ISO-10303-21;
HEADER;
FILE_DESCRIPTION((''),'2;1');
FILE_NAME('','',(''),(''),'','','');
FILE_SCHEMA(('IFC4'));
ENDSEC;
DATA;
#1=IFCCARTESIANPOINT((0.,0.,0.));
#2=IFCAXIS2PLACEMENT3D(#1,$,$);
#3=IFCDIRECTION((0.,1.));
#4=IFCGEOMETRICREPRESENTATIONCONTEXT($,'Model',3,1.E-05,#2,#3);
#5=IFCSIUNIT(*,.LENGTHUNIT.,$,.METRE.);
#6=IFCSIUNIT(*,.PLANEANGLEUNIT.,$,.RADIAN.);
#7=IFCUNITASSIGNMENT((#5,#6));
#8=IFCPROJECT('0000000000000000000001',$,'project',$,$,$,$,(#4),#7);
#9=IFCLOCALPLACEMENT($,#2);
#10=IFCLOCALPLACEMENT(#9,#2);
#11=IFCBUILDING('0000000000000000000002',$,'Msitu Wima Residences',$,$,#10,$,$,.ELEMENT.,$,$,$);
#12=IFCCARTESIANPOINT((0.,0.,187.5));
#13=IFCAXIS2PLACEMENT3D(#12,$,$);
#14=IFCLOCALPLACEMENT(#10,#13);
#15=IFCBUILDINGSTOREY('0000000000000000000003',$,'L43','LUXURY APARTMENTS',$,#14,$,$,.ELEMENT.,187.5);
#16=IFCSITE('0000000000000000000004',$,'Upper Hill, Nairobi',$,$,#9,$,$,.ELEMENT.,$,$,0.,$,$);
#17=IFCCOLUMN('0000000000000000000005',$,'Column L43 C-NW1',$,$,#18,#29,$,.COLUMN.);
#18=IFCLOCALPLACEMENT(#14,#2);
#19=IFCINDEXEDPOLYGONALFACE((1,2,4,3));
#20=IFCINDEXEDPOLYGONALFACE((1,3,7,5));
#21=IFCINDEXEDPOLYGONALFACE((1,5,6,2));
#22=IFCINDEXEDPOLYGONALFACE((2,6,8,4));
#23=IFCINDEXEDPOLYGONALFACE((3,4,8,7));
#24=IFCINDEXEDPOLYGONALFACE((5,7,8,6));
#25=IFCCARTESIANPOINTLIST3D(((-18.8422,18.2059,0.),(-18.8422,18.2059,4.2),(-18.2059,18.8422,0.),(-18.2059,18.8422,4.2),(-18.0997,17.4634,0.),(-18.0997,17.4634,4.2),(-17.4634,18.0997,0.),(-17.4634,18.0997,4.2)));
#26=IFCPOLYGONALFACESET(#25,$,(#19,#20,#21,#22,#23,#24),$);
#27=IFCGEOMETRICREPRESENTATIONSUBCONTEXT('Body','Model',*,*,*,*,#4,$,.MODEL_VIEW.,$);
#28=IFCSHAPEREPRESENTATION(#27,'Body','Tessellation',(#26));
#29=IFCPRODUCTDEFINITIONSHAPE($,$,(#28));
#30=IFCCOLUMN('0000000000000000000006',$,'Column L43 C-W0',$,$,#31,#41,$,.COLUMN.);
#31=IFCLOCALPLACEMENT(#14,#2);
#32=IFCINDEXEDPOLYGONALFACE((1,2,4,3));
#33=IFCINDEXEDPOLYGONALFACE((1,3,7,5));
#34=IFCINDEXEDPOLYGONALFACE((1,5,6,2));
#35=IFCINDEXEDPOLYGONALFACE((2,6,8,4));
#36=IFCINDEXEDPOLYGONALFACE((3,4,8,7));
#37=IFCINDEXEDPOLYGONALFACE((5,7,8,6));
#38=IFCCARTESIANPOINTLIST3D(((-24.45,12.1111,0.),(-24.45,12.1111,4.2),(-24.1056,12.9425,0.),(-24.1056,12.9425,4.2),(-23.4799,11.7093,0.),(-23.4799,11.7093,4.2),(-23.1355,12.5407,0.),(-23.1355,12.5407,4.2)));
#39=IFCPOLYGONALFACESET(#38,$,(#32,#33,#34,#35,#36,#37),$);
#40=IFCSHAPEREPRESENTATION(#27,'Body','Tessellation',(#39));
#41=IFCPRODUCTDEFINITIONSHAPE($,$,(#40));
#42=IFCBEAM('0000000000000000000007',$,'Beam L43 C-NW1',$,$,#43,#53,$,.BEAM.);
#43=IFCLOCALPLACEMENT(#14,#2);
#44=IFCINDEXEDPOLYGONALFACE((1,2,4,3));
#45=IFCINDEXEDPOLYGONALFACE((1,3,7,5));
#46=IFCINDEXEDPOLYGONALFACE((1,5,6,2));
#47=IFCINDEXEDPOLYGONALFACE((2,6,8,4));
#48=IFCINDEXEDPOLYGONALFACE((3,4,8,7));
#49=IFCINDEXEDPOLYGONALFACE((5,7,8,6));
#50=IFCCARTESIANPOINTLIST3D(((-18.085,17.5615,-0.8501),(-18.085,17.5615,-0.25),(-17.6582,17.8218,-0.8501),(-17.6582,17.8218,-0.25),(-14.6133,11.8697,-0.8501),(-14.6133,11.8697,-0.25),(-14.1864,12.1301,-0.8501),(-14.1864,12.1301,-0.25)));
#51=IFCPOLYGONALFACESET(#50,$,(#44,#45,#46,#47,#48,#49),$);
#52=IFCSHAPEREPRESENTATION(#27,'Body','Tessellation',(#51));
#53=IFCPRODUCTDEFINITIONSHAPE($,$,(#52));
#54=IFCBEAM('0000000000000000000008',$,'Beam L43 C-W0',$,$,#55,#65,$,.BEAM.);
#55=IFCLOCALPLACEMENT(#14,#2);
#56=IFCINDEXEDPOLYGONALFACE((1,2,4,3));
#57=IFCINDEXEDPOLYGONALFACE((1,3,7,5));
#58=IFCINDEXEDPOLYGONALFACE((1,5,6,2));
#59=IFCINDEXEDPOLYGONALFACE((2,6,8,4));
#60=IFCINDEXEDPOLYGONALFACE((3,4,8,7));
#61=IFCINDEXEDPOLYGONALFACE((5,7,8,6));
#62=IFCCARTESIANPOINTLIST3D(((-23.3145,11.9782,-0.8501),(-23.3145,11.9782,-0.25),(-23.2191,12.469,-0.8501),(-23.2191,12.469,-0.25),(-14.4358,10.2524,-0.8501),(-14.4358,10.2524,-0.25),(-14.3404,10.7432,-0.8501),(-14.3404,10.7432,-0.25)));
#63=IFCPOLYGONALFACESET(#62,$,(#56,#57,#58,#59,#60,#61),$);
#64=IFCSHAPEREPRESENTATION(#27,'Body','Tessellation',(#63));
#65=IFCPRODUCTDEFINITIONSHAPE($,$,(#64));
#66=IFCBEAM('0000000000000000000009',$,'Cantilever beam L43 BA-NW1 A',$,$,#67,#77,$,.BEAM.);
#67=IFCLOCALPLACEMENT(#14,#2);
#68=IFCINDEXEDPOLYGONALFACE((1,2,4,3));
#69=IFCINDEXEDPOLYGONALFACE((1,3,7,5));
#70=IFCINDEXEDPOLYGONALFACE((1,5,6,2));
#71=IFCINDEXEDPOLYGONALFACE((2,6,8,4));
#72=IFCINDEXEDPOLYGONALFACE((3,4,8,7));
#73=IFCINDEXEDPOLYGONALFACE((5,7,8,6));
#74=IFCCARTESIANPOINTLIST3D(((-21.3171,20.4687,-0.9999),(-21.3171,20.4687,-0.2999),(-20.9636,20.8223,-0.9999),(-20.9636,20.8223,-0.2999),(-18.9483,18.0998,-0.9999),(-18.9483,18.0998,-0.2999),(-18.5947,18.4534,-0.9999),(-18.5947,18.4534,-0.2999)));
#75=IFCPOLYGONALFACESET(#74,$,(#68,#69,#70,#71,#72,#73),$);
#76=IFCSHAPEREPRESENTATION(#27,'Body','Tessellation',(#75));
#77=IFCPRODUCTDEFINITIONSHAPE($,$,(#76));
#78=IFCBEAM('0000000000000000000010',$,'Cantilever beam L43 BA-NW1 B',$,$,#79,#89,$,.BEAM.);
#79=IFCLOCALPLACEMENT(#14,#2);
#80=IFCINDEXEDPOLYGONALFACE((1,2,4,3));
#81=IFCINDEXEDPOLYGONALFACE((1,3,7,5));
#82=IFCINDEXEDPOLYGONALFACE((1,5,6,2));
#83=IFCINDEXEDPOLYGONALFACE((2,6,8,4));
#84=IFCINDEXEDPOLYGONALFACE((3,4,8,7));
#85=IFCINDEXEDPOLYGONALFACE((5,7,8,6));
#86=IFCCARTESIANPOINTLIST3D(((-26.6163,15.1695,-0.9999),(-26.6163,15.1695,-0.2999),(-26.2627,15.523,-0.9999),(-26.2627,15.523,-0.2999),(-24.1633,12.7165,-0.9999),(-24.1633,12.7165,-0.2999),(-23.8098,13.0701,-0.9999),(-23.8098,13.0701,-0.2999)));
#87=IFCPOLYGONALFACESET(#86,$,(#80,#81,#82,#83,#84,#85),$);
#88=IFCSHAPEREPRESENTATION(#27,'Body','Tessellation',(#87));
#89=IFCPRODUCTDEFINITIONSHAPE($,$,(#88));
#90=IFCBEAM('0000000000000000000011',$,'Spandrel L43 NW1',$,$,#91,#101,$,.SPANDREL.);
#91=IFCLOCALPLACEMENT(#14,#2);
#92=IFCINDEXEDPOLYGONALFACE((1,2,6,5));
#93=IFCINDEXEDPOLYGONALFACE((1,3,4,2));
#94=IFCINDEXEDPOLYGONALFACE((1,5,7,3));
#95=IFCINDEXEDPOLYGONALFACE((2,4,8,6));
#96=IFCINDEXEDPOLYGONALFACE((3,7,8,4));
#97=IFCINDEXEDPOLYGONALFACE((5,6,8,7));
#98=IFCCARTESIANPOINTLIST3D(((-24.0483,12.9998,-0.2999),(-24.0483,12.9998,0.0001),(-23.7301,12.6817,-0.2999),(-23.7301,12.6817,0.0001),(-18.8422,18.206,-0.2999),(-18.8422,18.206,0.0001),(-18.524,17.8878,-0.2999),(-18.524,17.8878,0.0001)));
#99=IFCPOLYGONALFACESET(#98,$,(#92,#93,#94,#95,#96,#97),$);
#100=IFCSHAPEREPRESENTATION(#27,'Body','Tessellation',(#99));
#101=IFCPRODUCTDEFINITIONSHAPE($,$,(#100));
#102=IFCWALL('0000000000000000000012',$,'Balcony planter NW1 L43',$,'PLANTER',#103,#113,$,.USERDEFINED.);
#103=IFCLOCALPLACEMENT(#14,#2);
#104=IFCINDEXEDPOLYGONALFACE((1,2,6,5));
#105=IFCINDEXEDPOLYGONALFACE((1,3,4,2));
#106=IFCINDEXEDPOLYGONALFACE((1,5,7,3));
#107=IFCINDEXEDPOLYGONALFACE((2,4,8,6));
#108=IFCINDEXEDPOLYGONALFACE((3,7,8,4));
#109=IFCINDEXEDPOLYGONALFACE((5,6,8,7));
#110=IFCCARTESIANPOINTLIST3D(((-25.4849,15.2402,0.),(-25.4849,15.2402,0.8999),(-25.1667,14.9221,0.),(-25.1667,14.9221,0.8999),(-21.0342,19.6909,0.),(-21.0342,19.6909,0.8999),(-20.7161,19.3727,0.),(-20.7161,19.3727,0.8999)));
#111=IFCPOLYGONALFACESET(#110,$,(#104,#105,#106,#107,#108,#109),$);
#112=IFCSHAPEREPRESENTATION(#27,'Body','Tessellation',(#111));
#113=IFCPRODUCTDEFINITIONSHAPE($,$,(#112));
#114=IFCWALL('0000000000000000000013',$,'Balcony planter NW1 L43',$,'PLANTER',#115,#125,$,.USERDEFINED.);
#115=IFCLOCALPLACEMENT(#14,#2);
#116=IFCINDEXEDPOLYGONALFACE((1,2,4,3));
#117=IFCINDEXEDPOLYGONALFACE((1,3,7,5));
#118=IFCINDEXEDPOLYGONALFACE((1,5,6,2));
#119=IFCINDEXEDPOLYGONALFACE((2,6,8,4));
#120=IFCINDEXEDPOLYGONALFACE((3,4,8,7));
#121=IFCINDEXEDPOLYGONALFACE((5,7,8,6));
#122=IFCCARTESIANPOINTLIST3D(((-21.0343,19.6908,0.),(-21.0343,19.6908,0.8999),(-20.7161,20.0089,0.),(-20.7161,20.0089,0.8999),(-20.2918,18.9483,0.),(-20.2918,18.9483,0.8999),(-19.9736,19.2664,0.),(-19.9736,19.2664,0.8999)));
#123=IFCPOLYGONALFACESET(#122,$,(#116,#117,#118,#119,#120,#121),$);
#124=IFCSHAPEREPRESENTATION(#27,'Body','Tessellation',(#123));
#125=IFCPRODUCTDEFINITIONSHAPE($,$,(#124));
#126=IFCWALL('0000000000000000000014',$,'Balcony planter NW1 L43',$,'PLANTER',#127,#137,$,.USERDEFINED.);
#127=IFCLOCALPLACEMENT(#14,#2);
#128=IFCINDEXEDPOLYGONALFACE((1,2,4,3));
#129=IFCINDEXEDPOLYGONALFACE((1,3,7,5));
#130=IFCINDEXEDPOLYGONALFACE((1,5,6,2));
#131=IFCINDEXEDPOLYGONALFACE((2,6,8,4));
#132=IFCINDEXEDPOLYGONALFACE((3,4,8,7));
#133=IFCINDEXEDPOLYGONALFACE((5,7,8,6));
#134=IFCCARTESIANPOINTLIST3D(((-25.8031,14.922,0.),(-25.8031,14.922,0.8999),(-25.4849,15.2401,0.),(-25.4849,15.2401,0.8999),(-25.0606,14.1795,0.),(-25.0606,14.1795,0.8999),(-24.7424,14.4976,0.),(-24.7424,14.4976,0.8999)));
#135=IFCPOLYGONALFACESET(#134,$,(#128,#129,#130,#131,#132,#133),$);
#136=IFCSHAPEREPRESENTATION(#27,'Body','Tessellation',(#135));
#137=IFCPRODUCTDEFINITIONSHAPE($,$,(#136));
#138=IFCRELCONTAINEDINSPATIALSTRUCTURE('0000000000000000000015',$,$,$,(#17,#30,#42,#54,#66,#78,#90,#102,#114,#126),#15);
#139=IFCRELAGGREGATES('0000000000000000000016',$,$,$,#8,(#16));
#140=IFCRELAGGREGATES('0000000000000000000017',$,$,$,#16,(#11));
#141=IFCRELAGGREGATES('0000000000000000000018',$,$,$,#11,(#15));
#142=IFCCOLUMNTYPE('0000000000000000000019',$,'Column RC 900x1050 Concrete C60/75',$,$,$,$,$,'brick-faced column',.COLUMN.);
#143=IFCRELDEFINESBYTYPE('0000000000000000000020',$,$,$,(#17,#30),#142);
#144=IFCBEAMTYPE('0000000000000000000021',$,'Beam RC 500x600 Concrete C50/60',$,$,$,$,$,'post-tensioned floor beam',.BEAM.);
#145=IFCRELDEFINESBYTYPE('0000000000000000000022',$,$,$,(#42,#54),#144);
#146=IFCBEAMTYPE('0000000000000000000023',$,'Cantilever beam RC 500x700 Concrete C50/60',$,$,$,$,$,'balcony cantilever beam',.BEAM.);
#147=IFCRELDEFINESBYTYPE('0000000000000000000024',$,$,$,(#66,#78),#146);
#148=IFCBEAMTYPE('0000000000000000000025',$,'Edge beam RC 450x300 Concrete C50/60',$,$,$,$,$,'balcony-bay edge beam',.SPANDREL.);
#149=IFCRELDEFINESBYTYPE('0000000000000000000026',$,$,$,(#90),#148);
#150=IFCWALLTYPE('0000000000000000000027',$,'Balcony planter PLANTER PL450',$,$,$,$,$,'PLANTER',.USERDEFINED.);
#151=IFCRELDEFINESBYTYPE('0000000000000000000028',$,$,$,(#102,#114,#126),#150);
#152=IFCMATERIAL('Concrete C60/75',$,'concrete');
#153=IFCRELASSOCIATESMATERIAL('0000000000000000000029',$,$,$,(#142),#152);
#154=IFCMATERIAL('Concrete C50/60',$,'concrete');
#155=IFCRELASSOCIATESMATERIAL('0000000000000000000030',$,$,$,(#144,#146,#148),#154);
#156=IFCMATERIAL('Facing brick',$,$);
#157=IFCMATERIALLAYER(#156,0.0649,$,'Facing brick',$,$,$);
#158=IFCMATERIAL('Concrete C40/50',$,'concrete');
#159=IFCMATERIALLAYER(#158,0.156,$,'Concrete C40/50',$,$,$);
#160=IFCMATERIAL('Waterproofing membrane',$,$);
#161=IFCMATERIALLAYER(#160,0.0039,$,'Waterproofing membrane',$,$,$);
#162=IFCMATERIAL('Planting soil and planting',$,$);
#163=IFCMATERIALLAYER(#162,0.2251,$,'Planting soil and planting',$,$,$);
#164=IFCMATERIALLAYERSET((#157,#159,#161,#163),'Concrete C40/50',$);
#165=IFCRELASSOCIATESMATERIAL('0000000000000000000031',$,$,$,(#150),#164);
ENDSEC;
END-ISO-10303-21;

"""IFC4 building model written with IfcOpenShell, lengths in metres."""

from ifc_helpers import new_model, si_unit, direction, frame, frame_2d, origin, origin_2d, place, context, subcontext, project, spatial, rectangle, extrude, material, layer, layer_set, material_profile, profile_set, type_object, element, save


model = new_model("IFC4")

# Units and contexts
model_context = context("Model", 3, precision=1e-05, world=origin(), true_north=direction((0.0, 1.0)))
body_context = subcontext(model_context, "Body", "Model", "MODEL_VIEW")
ifc_project = project(units=[si_unit("LENGTHUNIT", "METRE"), si_unit("PLANEANGLEUNIT", "RADIAN")], contexts=[model_context])

# Site, building, storey
site_placement = place(None, origin())
site = spatial("IfcSite", under=ifc_project, at=site_placement, Name="Upper Hill, Nairobi", CompositionType="ELEMENT", RefElevation=0.0)
building_placement = place(site_placement, origin())
building = spatial("IfcBuilding", under=site, at=building_placement, Name="Msitu Wima Residences", CompositionType="ELEMENT")
storey_placement = place(building_placement, frame((0.0, 0.0, 187.5)))
storey = spatial("IfcBuildingStorey", under=building, at=storey_placement, Name="L43", Description="LUXURY APARTMENTS", CompositionType="ELEMENT", Elevation=187.5)

# Columns
ifc_material_1 = material(Name="Concrete C60/75", Category="concrete")
ifc_material_profile_1 = material_profile(ifc_material_1, rectangle(XDim=0.8999, YDim=1.05, at=origin_2d()), Name="RC 900x1050")
ifc_profile_set_1 = profile_set([ifc_material_profile_1], Name="Concrete C60/75")
column_type = type_object("IfcColumnType", Name="Column RC 900x1050 Concrete C60/75", ElementType="brick-faced column", PredefinedType="COLUMN", material=ifc_profile_set_1)
for number, where, z_axis, x_axis, name in (
    (1, (-18.1528, 18.1528, 0.0), (0.0, 0.0, 1.0), (-0.707107, -0.707107, 0.0), "Column L43 C-NW1"),
    (2, (-23.7927, 12.3259, 0.0), (0.0, 0.0, 1.0), (-0.382683, -0.92388, 0.0), "Column L43 C-W0"),
):
    element("IfcColumn", number, at=place(storey_placement, frame(where, z_axis=z_axis, x_axis=x_axis)), inside=storey, type_object=column_type, Name=name, PredefinedType="COLUMN", context=body_context, shape_type="SweptSolid", body=[
        extrude(rectangle(XDim=0.8999, YDim=1.05, at=origin_2d()), origin(), (0.0, 0.0, 1.0), 4.2),
    ])

# Beams
ifc_material_2 = material(Name="Concrete C50/60", Category="concrete")
ifc_material_profile_2 = material_profile(ifc_material_2, rectangle(XDim=0.5, YDim=0.6001, at=origin_2d()), Name="RC 500x600")
ifc_profile_set_2 = profile_set([ifc_material_profile_2], Name="Concrete C50/60")
beam_type_1 = type_object("IfcBeamType", Name="Beam RC 500x600 Concrete C50/60", ElementType="post-tensioned floor beam", PredefinedType="BEAM", material=ifc_profile_set_2)
beam_1_placement = place(storey_placement, frame((-17.8716, 17.6917, -0.55), z_axis=(0.520734, -0.853719, 0.0), x_axis=(0.853719, 0.520734, 0.0)))
element("IfcBeam", 3, at=beam_1_placement, inside=storey, type_object=beam_type_1, Name="Beam L43 C-NW1", PredefinedType="BEAM", context=body_context, shape_type="SweptSolid", body=[
    extrude(rectangle(XDim=0.5, YDim=0.6001, at=origin_2d()), origin(), (0.0, 0.0, 1.0), 6.667),
])
beam_2_placement = place(storey_placement, frame((-23.2668, 12.2236, -0.55), z_axis=(0.981627, -0.190808, 0.0), x_axis=(0.190808, 0.981627, 0.0)))
element("IfcBeam", 4, at=beam_2_placement, inside=storey, type_object=beam_type_1, Name="Beam L43 C-W0", PredefinedType="BEAM", context=body_context, shape_type="SweptSolid", body=[
    extrude(rectangle(XDim=0.5, YDim=0.6001, at=origin_2d()), origin(), (0.0, 0.0, 1.0), 9.0449),
])
ifc_material_profile_3 = material_profile(ifc_material_2, rectangle(XDim=0.5, YDim=0.7, at=origin_2d()), Name="RC 500x700")
ifc_profile_set_3 = profile_set([ifc_material_profile_3], Name="Concrete C50/60")
beam_type_2 = type_object("IfcBeamType", Name="Cantilever beam RC 500x700 Concrete C50/60", ElementType="balcony cantilever beam", PredefinedType="BEAM", material=ifc_profile_set_3)
beam_3_placement = place(storey_placement, frame((-18.7715, 18.2766, -0.6499), z_axis=(-0.707107, 0.707107, 0.0), x_axis=(-0.707107, -0.707107, 0.0)))
element("IfcBeam", 5, at=beam_3_placement, inside=storey, type_object=beam_type_2, Name="Cantilever beam L43 BA-NW1 A", PredefinedType="BEAM", context=body_context, shape_type="SweptSolid", body=[
    extrude(rectangle(XDim=0.5, YDim=0.7, at=origin_2d()), origin(), (0.0, 0.0, 1.0), 3.3501),
])
beam_4_placement = place(storey_placement, frame((-23.9866, 12.8933, -0.6499), z_axis=(-0.707107, 0.707107, 0.0), x_axis=(-0.707107, -0.707107, 0.0)))
element("IfcBeam", 6, at=beam_4_placement, inside=storey, type_object=beam_type_2, Name="Cantilever beam L43 BA-NW1 B", PredefinedType="BEAM", context=body_context, shape_type="SweptSolid", body=[
    extrude(rectangle(XDim=0.5, YDim=0.7, at=origin_2d()), origin(), (0.0, 0.0, 1.0), 3.469),
])
ifc_material_profile_4 = material_profile(ifc_material_2, rectangle(XDim=0.45, YDim=0.3, at=origin_2d()), Name="RC 450x300")
ifc_profile_set_4 = profile_set([ifc_material_profile_4], Name="Concrete C50/60")
beam_type_3 = type_object("IfcBeamType", Name="Edge beam RC 450x300 Concrete C50/60", ElementType="balcony-bay edge beam", PredefinedType="SPANDREL", material=ifc_profile_set_4)
beam_5_placement = place(storey_placement, frame((-18.6831, 18.0469, -0.1499), z_axis=(-0.707107, -0.707107, 0.0), x_axis=(0.707107, -0.707107, 0.0)))
element("IfcBeam", 7, at=beam_5_placement, inside=storey, type_object=beam_type_3, Name="Spandrel L43 NW1", PredefinedType="SPANDREL", context=body_context, shape_type="SweptSolid", body=[
    extrude(rectangle(XDim=0.45, YDim=0.3, at=origin_2d()), origin(), (0.0, 0.0, 1.0), 7.3625),
])

# Walls
ifc_material_3 = material(Name="Facing brick")
ifc_layer_1 = layer(ifc_material_3, 0.0649, Name="Facing brick")
ifc_material_4 = material(Name="Concrete C40/50", Category="concrete")
ifc_layer_2 = layer(ifc_material_4, 0.156, Name="Concrete C40/50")
ifc_material_5 = material(Name="Waterproofing membrane")
ifc_layer_3 = layer(ifc_material_5, 0.0039, Name="Waterproofing membrane")
ifc_material_6 = material(Name="Planting soil and planting")
ifc_layer_4 = layer(ifc_material_6, 0.2251, Name="Planting soil and planting")
ifc_layer_set_1 = layer_set([ifc_layer_1, ifc_layer_2, ifc_layer_3, ifc_layer_4], Name="Concrete C40/50")
wall_type_1 = type_object("IfcWallType", Name="Balcony planter PLANTER PL450", ElementType="PLANTER", PredefinedType="USERDEFINED", material=ifc_layer_set_1)
wall_1_placement = place(storey_placement, frame((-20.8752, 19.5317, 0.0), z_axis=(0.0, 0.0, 1.0), x_axis=(-0.707107, -0.707107, 0.0)))
element("IfcWall", 8, at=wall_1_placement, inside=storey, type_object=wall_type_1, Name="Balcony planter NW1 L43", ObjectType="PLANTER", PredefinedType="USERDEFINED", context=body_context, shape_type="SweptSolid", body=[
    extrude(rectangle(XDim=6.2942, YDim=0.45, at=frame_2d((3.147, 0.0))), origin(), (0.0, 0.0, 1.0), 0.8999),
])
for number, where, z_axis, x_axis, name in (
    (9, (-20.1328, 19.1074, 0.0), (0.0, 0.0, 1.0), (-0.707107, 0.707107, 0.0), "Balcony planter NW1 L43"),
    (10, (-24.9016, 14.3386, 0.0), (0.0, 0.0, 1.0), (-0.707107, 0.707107, 0.0), "Balcony planter NW1 L43"),
):
    element("IfcWall", number, at=place(storey_placement, frame(where, z_axis=z_axis, x_axis=x_axis)), inside=storey, type_object=wall_type_1, Name=name, ObjectType="PLANTER", PredefinedType="USERDEFINED", context=body_context, shape_type="SweptSolid", body=[
        extrude(rectangle(XDim=1.05, YDim=0.45, at=frame_2d((0.5249, 0.0))), origin(), (0.0, 0.0, 1.0), 0.8999),
    ])

save(model, "model.ifc")
